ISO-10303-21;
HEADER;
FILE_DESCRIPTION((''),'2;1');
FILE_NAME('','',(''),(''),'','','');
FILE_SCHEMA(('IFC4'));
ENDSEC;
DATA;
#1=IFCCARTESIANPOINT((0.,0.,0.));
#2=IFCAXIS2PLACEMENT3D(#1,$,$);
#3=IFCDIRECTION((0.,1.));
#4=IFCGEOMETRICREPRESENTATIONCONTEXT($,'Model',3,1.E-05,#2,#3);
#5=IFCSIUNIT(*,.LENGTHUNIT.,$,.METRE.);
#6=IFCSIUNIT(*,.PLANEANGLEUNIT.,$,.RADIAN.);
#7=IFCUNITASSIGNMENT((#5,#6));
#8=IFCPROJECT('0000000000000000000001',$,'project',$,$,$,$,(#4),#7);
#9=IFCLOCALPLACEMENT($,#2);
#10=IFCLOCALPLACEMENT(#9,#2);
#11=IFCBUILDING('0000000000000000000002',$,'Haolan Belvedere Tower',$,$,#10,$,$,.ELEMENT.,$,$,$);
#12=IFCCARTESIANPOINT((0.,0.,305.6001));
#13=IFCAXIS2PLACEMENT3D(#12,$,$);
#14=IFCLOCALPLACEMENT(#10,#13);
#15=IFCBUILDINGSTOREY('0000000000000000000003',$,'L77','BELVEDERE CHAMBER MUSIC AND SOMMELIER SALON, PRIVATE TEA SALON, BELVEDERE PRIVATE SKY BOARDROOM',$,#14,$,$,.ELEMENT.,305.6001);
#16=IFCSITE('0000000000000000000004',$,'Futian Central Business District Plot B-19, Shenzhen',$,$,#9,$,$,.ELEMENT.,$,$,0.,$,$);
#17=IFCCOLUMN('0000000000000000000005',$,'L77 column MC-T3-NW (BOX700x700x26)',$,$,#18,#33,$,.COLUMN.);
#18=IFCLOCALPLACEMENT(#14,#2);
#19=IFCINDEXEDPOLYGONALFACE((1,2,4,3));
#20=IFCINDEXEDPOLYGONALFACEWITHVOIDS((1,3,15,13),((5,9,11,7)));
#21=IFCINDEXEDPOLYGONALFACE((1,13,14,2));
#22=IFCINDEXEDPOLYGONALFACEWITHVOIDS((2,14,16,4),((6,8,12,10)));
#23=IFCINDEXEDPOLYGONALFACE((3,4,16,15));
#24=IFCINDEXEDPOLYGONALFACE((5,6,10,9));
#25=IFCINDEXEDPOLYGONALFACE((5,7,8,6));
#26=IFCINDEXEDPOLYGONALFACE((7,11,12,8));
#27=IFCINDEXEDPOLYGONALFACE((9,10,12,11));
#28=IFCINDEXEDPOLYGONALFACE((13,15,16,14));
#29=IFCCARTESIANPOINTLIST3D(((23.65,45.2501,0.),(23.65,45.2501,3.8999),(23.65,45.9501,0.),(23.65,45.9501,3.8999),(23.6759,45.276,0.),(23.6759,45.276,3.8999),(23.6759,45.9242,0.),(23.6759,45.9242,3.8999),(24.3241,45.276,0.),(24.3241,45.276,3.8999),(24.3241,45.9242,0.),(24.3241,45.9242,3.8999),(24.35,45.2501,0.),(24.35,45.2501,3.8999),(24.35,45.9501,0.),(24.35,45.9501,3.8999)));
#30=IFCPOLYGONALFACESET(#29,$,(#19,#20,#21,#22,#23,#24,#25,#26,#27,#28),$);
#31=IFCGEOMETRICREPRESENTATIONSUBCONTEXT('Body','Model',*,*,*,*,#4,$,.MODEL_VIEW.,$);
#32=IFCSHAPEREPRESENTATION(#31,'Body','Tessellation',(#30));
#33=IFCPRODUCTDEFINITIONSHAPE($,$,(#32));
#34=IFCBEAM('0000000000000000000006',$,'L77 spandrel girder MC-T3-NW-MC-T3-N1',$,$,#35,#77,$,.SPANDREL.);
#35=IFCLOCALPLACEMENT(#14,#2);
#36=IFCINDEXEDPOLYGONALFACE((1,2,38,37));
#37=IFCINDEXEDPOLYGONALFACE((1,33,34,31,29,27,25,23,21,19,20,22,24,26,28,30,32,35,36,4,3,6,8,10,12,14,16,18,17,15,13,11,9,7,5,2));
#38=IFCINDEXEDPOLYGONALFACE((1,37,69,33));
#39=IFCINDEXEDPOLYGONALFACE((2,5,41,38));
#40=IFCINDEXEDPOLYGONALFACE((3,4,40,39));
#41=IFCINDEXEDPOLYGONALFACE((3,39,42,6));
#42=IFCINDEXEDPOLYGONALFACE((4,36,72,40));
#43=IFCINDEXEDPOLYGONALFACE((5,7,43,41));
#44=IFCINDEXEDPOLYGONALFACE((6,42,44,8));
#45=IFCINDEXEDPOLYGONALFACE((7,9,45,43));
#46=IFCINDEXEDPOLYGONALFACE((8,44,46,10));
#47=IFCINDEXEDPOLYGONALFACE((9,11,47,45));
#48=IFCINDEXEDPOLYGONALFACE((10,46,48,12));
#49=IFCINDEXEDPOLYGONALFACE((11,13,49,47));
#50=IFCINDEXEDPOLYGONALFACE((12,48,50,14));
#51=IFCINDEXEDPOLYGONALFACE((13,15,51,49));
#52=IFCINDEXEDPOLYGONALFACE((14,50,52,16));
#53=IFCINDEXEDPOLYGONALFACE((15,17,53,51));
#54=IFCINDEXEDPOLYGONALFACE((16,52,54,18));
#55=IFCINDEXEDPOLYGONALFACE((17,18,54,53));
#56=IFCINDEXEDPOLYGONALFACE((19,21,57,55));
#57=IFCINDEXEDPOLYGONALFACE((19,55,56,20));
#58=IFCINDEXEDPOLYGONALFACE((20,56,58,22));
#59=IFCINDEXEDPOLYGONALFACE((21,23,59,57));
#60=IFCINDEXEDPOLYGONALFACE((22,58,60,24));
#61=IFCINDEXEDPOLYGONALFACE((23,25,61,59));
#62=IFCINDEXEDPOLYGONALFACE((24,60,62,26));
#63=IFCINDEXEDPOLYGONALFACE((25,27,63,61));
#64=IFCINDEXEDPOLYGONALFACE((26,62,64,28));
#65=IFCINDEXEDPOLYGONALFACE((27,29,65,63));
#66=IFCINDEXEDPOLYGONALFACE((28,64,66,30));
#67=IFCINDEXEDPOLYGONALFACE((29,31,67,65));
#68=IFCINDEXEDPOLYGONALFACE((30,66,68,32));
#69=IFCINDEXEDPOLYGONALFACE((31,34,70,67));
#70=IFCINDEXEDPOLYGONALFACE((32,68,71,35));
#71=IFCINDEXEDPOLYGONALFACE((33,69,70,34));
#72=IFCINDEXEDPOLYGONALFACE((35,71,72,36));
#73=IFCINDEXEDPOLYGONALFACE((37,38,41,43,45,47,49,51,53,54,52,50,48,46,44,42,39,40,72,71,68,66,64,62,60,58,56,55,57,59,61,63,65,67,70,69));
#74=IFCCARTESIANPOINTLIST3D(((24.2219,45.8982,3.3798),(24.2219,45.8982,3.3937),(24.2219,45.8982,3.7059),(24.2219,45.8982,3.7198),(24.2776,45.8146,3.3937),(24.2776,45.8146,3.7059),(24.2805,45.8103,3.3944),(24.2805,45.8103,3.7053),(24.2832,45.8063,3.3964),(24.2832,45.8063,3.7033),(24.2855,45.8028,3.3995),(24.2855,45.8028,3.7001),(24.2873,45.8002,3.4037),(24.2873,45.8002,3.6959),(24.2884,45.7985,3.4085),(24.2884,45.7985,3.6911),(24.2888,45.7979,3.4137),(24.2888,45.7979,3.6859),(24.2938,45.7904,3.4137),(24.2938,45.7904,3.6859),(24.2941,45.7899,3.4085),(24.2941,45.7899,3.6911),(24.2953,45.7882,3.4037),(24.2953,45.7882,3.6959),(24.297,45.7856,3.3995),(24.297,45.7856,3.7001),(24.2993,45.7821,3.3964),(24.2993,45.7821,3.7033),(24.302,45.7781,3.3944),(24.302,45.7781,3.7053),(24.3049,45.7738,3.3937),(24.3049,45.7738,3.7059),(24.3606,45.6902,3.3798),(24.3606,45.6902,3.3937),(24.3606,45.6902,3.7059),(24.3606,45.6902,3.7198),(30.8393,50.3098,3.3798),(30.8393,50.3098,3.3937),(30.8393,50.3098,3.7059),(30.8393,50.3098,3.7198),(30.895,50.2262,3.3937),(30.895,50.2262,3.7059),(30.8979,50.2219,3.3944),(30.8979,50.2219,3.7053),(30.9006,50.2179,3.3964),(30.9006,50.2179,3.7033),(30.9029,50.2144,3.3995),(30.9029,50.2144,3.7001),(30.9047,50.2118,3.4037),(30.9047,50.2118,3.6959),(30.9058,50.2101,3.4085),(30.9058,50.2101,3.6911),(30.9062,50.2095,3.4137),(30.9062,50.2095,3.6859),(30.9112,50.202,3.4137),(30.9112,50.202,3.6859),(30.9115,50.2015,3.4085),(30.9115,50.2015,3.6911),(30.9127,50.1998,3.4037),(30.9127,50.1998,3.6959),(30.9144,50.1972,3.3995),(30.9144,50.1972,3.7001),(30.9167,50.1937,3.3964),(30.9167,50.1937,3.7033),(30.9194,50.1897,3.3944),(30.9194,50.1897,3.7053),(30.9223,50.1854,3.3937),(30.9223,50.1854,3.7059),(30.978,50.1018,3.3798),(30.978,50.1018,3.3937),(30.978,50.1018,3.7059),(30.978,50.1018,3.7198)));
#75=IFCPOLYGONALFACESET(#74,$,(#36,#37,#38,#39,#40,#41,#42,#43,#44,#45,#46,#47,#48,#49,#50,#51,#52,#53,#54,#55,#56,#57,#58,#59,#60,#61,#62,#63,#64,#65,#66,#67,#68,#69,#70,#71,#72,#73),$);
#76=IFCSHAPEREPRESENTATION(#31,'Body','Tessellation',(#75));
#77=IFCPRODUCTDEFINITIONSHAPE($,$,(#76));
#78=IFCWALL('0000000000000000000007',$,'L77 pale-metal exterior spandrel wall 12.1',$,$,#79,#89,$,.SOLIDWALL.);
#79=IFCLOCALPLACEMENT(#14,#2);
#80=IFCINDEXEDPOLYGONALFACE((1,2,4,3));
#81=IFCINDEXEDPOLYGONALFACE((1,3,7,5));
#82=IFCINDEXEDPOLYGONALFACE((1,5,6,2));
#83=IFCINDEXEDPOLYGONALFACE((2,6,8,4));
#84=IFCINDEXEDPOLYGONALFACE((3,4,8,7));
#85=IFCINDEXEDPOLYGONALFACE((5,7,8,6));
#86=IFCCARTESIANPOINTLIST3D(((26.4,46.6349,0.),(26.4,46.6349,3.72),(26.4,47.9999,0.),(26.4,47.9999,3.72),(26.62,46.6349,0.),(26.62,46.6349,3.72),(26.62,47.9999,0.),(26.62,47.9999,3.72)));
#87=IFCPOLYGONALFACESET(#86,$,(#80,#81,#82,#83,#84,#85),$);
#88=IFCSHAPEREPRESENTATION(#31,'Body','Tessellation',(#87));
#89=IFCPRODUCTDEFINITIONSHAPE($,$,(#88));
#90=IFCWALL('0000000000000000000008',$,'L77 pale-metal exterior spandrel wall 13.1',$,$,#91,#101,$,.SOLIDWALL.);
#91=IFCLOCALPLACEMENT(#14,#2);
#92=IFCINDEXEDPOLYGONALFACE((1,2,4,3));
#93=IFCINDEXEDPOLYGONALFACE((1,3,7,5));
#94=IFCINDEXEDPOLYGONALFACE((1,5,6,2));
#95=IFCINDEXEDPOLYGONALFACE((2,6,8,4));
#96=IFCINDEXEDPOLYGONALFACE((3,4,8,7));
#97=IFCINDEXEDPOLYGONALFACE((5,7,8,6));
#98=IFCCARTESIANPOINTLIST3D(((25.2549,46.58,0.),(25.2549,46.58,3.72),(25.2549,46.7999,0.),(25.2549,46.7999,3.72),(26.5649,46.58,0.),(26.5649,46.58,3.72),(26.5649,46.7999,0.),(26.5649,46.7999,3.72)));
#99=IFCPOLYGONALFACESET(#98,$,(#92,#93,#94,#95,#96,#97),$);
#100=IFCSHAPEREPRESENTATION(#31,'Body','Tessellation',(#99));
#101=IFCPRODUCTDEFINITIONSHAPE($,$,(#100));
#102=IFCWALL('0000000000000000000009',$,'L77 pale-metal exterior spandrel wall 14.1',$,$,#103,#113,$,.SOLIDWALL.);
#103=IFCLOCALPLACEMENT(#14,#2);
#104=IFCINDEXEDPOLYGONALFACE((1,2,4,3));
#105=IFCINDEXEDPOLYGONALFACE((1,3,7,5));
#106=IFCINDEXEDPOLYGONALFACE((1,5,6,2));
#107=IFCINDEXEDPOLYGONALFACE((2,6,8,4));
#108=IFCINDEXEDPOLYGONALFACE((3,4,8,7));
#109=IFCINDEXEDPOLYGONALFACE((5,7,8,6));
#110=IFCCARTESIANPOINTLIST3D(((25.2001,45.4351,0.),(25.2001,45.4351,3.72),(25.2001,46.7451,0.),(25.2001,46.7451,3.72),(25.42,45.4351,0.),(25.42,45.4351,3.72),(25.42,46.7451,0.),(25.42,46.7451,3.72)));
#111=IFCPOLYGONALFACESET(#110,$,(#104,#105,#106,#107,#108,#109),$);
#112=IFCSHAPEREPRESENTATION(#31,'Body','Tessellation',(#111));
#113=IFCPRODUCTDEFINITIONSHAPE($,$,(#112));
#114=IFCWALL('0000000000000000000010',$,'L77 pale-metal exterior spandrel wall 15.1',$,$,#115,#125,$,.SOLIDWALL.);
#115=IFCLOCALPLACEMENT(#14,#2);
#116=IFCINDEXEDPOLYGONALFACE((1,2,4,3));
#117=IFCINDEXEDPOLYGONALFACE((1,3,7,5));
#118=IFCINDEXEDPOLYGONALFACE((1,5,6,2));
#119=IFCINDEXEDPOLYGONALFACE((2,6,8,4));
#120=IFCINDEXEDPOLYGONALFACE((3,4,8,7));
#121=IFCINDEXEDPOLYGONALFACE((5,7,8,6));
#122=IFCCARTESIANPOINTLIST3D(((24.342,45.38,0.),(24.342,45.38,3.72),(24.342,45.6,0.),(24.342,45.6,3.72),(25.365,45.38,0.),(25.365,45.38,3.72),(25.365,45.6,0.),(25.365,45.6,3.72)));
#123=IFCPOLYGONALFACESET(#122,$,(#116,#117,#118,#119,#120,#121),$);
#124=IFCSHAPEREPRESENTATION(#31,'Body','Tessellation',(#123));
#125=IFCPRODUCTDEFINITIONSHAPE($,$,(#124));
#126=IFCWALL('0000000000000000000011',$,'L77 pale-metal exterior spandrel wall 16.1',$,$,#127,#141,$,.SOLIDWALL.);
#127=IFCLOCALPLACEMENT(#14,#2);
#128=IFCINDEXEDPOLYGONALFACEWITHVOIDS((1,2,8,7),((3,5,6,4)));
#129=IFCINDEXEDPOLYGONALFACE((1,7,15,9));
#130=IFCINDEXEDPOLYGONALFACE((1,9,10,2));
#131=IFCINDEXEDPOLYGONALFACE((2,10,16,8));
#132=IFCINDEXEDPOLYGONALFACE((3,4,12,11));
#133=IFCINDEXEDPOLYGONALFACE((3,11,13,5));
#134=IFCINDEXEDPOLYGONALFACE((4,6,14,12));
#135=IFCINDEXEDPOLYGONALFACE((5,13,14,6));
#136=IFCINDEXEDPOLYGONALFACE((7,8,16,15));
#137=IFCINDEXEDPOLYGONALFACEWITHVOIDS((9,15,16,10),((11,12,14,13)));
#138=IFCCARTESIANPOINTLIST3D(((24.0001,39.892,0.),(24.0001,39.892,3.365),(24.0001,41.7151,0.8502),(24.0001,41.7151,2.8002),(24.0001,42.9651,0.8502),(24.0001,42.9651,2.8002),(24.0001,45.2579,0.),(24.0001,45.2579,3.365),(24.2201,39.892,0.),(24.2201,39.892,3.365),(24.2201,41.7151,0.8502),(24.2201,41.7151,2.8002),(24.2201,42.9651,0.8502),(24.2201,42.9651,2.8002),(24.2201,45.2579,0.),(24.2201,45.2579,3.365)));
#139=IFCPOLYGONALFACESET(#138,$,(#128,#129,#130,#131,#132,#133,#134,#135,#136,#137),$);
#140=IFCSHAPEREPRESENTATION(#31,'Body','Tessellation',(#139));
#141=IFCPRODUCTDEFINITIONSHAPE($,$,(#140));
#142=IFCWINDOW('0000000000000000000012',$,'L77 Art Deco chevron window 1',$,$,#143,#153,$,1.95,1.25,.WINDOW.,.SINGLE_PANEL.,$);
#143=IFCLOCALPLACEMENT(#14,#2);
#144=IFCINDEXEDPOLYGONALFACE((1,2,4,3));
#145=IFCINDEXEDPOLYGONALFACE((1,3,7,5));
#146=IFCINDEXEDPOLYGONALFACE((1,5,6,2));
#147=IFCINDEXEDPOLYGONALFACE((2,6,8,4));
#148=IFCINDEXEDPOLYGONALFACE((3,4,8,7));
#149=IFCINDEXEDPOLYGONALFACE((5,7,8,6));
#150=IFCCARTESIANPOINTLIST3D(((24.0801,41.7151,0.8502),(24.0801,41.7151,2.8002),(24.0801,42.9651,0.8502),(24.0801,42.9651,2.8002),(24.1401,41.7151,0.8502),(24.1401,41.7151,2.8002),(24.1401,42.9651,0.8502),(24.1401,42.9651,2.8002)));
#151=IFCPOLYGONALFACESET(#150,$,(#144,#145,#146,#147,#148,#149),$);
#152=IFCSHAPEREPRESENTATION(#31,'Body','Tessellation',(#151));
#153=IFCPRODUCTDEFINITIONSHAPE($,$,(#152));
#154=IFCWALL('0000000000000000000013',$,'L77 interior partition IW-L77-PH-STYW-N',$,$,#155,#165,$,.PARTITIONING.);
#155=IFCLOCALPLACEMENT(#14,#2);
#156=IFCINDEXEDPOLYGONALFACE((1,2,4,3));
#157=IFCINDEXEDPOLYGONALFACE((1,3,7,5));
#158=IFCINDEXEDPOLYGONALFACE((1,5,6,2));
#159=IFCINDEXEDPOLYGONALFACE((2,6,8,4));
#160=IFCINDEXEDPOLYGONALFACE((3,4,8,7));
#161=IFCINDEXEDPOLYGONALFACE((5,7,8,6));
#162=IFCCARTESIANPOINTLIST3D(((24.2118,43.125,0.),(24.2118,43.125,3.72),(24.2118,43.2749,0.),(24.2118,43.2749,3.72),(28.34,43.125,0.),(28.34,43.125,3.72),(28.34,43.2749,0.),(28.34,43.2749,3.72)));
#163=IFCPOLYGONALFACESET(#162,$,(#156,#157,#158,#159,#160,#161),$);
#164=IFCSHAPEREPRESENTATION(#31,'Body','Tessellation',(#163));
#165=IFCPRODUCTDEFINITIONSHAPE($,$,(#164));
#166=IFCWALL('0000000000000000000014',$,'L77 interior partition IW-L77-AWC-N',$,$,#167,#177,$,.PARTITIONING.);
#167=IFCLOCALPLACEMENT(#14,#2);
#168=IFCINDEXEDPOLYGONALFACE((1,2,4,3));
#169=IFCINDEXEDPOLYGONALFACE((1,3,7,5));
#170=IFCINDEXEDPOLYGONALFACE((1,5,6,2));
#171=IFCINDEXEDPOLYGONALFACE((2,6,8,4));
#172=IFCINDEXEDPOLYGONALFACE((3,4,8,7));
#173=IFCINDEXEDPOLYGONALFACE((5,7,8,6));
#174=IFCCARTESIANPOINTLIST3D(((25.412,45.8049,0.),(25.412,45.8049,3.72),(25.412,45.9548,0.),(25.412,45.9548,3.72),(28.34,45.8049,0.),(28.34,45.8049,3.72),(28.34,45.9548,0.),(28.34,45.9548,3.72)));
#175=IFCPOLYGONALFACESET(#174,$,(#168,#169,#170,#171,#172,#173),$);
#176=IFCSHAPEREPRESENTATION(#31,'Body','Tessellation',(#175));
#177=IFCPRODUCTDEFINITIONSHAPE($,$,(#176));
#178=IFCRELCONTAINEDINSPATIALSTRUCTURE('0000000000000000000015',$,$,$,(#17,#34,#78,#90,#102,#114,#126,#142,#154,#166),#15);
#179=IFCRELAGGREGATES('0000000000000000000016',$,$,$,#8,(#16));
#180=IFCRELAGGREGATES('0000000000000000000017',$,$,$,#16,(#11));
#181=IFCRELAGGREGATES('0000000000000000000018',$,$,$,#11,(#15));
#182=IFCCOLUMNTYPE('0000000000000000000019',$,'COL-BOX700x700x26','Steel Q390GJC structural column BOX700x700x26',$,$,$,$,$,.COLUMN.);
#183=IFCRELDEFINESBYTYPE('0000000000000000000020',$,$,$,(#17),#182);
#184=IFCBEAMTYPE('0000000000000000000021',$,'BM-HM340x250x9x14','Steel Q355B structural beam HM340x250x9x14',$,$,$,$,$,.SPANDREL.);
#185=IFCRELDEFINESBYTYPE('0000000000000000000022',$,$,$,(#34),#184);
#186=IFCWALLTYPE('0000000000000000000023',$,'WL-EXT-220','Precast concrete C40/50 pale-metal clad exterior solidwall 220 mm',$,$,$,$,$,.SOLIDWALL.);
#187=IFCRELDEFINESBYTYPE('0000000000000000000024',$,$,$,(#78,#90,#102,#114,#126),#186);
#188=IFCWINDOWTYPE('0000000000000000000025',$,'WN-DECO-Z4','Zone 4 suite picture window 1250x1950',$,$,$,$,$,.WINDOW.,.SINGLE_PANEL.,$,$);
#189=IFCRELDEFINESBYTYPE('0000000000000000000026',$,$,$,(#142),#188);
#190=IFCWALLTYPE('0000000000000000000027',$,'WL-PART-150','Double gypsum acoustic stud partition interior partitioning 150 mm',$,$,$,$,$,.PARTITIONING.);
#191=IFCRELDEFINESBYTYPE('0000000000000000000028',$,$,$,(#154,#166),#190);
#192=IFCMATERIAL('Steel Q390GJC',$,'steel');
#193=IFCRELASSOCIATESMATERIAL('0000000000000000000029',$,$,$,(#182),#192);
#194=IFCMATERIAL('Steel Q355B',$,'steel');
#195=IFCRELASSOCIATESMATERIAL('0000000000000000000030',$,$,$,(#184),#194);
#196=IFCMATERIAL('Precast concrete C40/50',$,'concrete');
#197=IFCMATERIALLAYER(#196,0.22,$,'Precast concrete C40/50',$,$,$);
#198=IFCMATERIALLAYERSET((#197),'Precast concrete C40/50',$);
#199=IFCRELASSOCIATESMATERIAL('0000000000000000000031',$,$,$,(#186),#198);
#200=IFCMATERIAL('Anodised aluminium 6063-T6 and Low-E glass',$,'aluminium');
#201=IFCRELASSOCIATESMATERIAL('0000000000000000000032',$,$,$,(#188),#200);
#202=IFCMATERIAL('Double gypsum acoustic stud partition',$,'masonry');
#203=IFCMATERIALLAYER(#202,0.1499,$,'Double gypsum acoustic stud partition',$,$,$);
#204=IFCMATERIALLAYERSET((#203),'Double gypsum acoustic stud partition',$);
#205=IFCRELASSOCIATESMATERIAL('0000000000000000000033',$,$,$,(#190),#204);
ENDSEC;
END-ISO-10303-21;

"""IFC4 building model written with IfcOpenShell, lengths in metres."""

from ifc_helpers import new_model, si_unit, direction, frame, frame_2d, origin, origin_2d, place, context, subcontext, project, spatial, rectangle, hollow_rectangle, i_section, extrude, material, layer, layer_set, material_profile, profile_set, type_object, element, fill, save


model = new_model("IFC4")

# Units and contexts
model_context = context("Model", 3, precision=1e-05, world=origin(), true_north=direction((0.0, 1.0)))
body_context = subcontext(model_context, "Body", "Model", "MODEL_VIEW")
ifc_project = project(units=[si_unit("LENGTHUNIT", "METRE"), si_unit("PLANEANGLEUNIT", "RADIAN")], contexts=[model_context])

# Site, building, storey
site_placement = place(None, origin())
site = spatial("IfcSite", under=ifc_project, at=site_placement, Name="Futian Central Business District Plot B-19, Shenzhen", CompositionType="ELEMENT", RefElevation=0.0)
building_placement = place(site_placement, origin())
building = spatial("IfcBuilding", under=site, at=building_placement, Name="Haolan Belvedere Tower", CompositionType="ELEMENT")
storey_placement = place(building_placement, frame((0.0, 0.0, 305.6001)))
storey = spatial("IfcBuildingStorey", under=building, at=storey_placement, Name="L77", Description="BELVEDERE CHAMBER MUSIC AND SOMMELIER SALON, PRIVATE TEA SALON, BELVEDERE PRIVATE SKY BOARDROOM", CompositionType="ELEMENT", Elevation=305.6001)

# Column
ifc_material_1 = material(Name="Steel Q390GJC", Category="steel")
ifc_material_profile_1 = material_profile(ifc_material_1, hollow_rectangle(XDim=0.7, YDim=0.7, WallThickness=0.0259, at=origin_2d()), Name="Steel Q390GJC")
ifc_profile_set_1 = profile_set([ifc_material_profile_1], Name="Steel Q390GJC")
column_type = type_object("IfcColumnType", Name="COL-BOX700x700x26", Description="Steel Q390GJC structural column BOX700x700x26", PredefinedType="COLUMN", material=ifc_profile_set_1)
column_placement = place(storey_placement, frame((24.0, 45.6001, 0.0), z_axis=(0.0, 0.0, 1.0), x_axis=(1.0, 0.0, 0.0)))
element("IfcColumn", 1, at=column_placement, inside=storey, type_object=column_type, Name="L77 column MC-T3-NW (BOX700x700x26)", PredefinedType="COLUMN", context=body_context, shape_type="SweptSolid", body=[
    extrude(hollow_rectangle(XDim=0.7, YDim=0.7, WallThickness=0.0259, at=origin_2d()), origin(), (0.0, 0.0, 1.0), 3.8999),
])

# Beam
ifc_material_2 = material(Name="Steel Q355B", Category="steel")
ifc_material_profile_2 = material_profile(ifc_material_2, i_section(OverallWidth=0.25, OverallDepth=0.3401, WebThickness=0.009, FlangeThickness=0.0139, FilletRadius=0.02, at=origin_2d()), Name="Steel Q355B")
ifc_profile_set_2 = profile_set([ifc_material_profile_2], Name="Steel Q355B")
beam_type = type_object("IfcBeamType", Name="BM-HM340x250x9x14", Description="Steel Q355B structural beam HM340x250x9x14", PredefinedType="SPANDREL", material=ifc_profile_set_2)
beam_placement = place(storey_placement, frame((24.2913, 45.7942, 3.5498), z_axis=(0.83205, 0.5547, 0.0), x_axis=(-0.5547, 0.83205, 0.0)))
element("IfcBeam", 2, at=beam_placement, inside=storey, type_object=beam_type, Name="L77 spandrel girder MC-T3-NW-MC-T3-N1", PredefinedType="SPANDREL", context=body_context, shape_type="SweptSolid", body=[
    extrude(i_section(OverallWidth=0.25, OverallDepth=0.3401, WebThickness=0.009, FlangeThickness=0.0139, FilletRadius=0.02, at=origin_2d()), origin(), (0.0, 0.0, 1.0), 7.9531),
])

# Walls
ifc_material_3 = material(Name="Precast concrete C40/50", Category="concrete")
ifc_layer_1 = layer(ifc_material_3, 0.22, Name="Precast concrete C40/50")
ifc_layer_set_1 = layer_set([ifc_layer_1], Name="Precast concrete C40/50")
wall_type_1 = type_object("IfcWallType", Name="WL-EXT-220", Description="Precast concrete C40/50 pale-metal clad exterior solidwall 220 mm", PredefinedType="SOLIDWALL", material=ifc_layer_set_1)
wall_1_placement = place(storey_placement, frame((26.51, 48.0, 0.0), z_axis=(0.0, 0.0, 1.0), x_axis=(0.0, -1.0, 0.0)))
element("IfcWall", 3, at=wall_1_placement, inside=storey, type_object=wall_type_1, Name="L77 pale-metal exterior spandrel wall 12.1", PredefinedType="SOLIDWALL", context=body_context, shape_type="SweptSolid", body=[
    extrude(rectangle(XDim=1.365, YDim=0.22, at=frame_2d((0.6826, 0.0))), origin(), (0.0, 0.0, 1.0), 3.72),
])
for number, where, z_axis, x_axis, name in (
    (4, (26.5649, 46.6899, 0.0), (0.0, 0.0, 1.0), (-1.0, 0.0, 0.0), "L77 pale-metal exterior spandrel wall 13.1"),
    (5, (25.3101, 46.7451, 0.0), (0.0, 0.0, 1.0), (0.0, -1.0, 0.0), "L77 pale-metal exterior spandrel wall 14.1"),
):
    element("IfcWall", number, at=place(storey_placement, frame(where, z_axis=z_axis, x_axis=x_axis)), inside=storey, type_object=wall_type_1, Name=name, PredefinedType="SOLIDWALL", context=body_context, shape_type="SweptSolid", body=[
        extrude(rectangle(XDim=1.3101, YDim=0.22, at=frame_2d((0.655, 0.0))), origin(), (0.0, 0.0, 1.0), 3.72),
    ])
wall_2_placement = place(storey_placement, frame((25.365, 45.49, 0.0), z_axis=(0.0, 0.0, 1.0), x_axis=(-1.0, 0.0, 0.0)))
element("IfcWall", 6, at=wall_2_placement, inside=storey, type_object=wall_type_1, Name="L77 pale-metal exterior spandrel wall 15.1", PredefinedType="SOLIDWALL", context=body_context, shape_type="SweptSolid", body=[
    extrude(rectangle(XDim=1.0229, YDim=0.22, at=frame_2d((0.5115, 0.0))), origin(), (0.0, 0.0, 1.0), 3.72),
])

# Wall, opening, window
wall_3_placement = place(storey_placement, frame((24.1101, 45.2581, 0.0), z_axis=(0.0, 0.0, 1.0), x_axis=(0.0, -1.0, 0.0)))
wall_3 = element("IfcWall", 7, at=wall_3_placement, inside=storey, type_object=wall_type_1, Name="L77 pale-metal exterior spandrel wall 16.1", PredefinedType="SOLIDWALL", context=body_context, shape_type="SweptSolid", body=[
    extrude(rectangle(XDim=5.366, YDim=0.22, at=frame_2d((2.6831, 0.0))), origin(), (0.0, 0.0, 1.0), 3.365),
])
opening_placement = place(wall_3_placement, frame((2.293, 0.0, 0.8501)))
opening = element("IfcOpeningElement", 8, at=opening_placement, cuts=wall_3, PredefinedType="OPENING", context=body_context, shape_type="SweptSolid", body=[
    extrude(rectangle(XDim=1.25, YDim=1.95, at=frame_2d((0.625, 0.9751))), frame((0.0, 0.1199, 0.0), z_axis=(0.0, -1.0, 0.0), x_axis=(1.0, 0.0, 0.0)), (0.0, 0.0, 1.0), 0.24),
])
ifc_material_4 = material(Name="Anodised aluminium 6063-T6 and Low-E glass", Category="aluminium")
window_type = type_object("IfcWindowType", Name="WN-DECO-Z4", Description="Zone 4 suite picture window 1250x1950", PartitioningType="SINGLE_PANEL", PredefinedType="WINDOW", material=ifc_material_4)
window_placement = place(opening_placement, origin())
window = element("IfcWindow", 9, at=window_placement, inside=storey, type_object=window_type, Name="L77 Art Deco chevron window 1", OverallHeight=1.95, OverallWidth=1.25, PartitioningType="SINGLE_PANEL", PredefinedType="WINDOW", context=body_context, shape_type="SweptSolid", body=[
    extrude(rectangle(XDim=1.25, YDim=1.95, at=frame_2d((0.625, 0.9751))), frame((0.0, 0.03, 0.0), z_axis=(0.0, -1.0, 0.0), x_axis=(1.0, 0.0, 0.0)), (0.0, 0.0, 1.0), 0.0601),
])
fill(opening, window)

# Walls
ifc_material_5 = material(Name="Double gypsum acoustic stud partition", Category="masonry")
ifc_layer_2 = layer(ifc_material_5, 0.1499, Name="Double gypsum acoustic stud partition")
ifc_layer_set_2 = layer_set([ifc_layer_2], Name="Double gypsum acoustic stud partition")
wall_type_2 = type_object("IfcWallType", Name="WL-PART-150", Description="Double gypsum acoustic stud partition interior partitioning 150 mm", PredefinedType="PARTITIONING", material=ifc_layer_set_2)
wall_4_placement = place(storey_placement, frame((24.2119, 43.2, 0.0), z_axis=(0.0, 0.0, 1.0), x_axis=(1.0, 0.0, 0.0)))
element("IfcWall", 10, at=wall_4_placement, inside=storey, type_object=wall_type_2, Name="L77 interior partition IW-L77-PH-STYW-N", PredefinedType="PARTITIONING", context=body_context, shape_type="SweptSolid", body=[
    extrude(rectangle(XDim=4.1282, YDim=0.1499, at=frame_2d((2.064, 0.0))), origin(), (0.0, 0.0, 1.0), 3.72),
])
wall_5_placement = place(storey_placement, frame((25.4121, 45.8799, 0.0), z_axis=(0.0, 0.0, 1.0), x_axis=(1.0, 0.0, 0.0)))
element("IfcWall", 11, at=wall_5_placement, inside=storey, type_object=wall_type_2, Name="L77 interior partition IW-L77-AWC-N", PredefinedType="PARTITIONING", context=body_context, shape_type="SweptSolid", body=[
    extrude(rectangle(XDim=2.928, YDim=0.1499, at=frame_2d((1.4639, 0.0))), origin(), (0.0, 0.0, 1.0), 3.72),
])

save(model, "model.ifc")
